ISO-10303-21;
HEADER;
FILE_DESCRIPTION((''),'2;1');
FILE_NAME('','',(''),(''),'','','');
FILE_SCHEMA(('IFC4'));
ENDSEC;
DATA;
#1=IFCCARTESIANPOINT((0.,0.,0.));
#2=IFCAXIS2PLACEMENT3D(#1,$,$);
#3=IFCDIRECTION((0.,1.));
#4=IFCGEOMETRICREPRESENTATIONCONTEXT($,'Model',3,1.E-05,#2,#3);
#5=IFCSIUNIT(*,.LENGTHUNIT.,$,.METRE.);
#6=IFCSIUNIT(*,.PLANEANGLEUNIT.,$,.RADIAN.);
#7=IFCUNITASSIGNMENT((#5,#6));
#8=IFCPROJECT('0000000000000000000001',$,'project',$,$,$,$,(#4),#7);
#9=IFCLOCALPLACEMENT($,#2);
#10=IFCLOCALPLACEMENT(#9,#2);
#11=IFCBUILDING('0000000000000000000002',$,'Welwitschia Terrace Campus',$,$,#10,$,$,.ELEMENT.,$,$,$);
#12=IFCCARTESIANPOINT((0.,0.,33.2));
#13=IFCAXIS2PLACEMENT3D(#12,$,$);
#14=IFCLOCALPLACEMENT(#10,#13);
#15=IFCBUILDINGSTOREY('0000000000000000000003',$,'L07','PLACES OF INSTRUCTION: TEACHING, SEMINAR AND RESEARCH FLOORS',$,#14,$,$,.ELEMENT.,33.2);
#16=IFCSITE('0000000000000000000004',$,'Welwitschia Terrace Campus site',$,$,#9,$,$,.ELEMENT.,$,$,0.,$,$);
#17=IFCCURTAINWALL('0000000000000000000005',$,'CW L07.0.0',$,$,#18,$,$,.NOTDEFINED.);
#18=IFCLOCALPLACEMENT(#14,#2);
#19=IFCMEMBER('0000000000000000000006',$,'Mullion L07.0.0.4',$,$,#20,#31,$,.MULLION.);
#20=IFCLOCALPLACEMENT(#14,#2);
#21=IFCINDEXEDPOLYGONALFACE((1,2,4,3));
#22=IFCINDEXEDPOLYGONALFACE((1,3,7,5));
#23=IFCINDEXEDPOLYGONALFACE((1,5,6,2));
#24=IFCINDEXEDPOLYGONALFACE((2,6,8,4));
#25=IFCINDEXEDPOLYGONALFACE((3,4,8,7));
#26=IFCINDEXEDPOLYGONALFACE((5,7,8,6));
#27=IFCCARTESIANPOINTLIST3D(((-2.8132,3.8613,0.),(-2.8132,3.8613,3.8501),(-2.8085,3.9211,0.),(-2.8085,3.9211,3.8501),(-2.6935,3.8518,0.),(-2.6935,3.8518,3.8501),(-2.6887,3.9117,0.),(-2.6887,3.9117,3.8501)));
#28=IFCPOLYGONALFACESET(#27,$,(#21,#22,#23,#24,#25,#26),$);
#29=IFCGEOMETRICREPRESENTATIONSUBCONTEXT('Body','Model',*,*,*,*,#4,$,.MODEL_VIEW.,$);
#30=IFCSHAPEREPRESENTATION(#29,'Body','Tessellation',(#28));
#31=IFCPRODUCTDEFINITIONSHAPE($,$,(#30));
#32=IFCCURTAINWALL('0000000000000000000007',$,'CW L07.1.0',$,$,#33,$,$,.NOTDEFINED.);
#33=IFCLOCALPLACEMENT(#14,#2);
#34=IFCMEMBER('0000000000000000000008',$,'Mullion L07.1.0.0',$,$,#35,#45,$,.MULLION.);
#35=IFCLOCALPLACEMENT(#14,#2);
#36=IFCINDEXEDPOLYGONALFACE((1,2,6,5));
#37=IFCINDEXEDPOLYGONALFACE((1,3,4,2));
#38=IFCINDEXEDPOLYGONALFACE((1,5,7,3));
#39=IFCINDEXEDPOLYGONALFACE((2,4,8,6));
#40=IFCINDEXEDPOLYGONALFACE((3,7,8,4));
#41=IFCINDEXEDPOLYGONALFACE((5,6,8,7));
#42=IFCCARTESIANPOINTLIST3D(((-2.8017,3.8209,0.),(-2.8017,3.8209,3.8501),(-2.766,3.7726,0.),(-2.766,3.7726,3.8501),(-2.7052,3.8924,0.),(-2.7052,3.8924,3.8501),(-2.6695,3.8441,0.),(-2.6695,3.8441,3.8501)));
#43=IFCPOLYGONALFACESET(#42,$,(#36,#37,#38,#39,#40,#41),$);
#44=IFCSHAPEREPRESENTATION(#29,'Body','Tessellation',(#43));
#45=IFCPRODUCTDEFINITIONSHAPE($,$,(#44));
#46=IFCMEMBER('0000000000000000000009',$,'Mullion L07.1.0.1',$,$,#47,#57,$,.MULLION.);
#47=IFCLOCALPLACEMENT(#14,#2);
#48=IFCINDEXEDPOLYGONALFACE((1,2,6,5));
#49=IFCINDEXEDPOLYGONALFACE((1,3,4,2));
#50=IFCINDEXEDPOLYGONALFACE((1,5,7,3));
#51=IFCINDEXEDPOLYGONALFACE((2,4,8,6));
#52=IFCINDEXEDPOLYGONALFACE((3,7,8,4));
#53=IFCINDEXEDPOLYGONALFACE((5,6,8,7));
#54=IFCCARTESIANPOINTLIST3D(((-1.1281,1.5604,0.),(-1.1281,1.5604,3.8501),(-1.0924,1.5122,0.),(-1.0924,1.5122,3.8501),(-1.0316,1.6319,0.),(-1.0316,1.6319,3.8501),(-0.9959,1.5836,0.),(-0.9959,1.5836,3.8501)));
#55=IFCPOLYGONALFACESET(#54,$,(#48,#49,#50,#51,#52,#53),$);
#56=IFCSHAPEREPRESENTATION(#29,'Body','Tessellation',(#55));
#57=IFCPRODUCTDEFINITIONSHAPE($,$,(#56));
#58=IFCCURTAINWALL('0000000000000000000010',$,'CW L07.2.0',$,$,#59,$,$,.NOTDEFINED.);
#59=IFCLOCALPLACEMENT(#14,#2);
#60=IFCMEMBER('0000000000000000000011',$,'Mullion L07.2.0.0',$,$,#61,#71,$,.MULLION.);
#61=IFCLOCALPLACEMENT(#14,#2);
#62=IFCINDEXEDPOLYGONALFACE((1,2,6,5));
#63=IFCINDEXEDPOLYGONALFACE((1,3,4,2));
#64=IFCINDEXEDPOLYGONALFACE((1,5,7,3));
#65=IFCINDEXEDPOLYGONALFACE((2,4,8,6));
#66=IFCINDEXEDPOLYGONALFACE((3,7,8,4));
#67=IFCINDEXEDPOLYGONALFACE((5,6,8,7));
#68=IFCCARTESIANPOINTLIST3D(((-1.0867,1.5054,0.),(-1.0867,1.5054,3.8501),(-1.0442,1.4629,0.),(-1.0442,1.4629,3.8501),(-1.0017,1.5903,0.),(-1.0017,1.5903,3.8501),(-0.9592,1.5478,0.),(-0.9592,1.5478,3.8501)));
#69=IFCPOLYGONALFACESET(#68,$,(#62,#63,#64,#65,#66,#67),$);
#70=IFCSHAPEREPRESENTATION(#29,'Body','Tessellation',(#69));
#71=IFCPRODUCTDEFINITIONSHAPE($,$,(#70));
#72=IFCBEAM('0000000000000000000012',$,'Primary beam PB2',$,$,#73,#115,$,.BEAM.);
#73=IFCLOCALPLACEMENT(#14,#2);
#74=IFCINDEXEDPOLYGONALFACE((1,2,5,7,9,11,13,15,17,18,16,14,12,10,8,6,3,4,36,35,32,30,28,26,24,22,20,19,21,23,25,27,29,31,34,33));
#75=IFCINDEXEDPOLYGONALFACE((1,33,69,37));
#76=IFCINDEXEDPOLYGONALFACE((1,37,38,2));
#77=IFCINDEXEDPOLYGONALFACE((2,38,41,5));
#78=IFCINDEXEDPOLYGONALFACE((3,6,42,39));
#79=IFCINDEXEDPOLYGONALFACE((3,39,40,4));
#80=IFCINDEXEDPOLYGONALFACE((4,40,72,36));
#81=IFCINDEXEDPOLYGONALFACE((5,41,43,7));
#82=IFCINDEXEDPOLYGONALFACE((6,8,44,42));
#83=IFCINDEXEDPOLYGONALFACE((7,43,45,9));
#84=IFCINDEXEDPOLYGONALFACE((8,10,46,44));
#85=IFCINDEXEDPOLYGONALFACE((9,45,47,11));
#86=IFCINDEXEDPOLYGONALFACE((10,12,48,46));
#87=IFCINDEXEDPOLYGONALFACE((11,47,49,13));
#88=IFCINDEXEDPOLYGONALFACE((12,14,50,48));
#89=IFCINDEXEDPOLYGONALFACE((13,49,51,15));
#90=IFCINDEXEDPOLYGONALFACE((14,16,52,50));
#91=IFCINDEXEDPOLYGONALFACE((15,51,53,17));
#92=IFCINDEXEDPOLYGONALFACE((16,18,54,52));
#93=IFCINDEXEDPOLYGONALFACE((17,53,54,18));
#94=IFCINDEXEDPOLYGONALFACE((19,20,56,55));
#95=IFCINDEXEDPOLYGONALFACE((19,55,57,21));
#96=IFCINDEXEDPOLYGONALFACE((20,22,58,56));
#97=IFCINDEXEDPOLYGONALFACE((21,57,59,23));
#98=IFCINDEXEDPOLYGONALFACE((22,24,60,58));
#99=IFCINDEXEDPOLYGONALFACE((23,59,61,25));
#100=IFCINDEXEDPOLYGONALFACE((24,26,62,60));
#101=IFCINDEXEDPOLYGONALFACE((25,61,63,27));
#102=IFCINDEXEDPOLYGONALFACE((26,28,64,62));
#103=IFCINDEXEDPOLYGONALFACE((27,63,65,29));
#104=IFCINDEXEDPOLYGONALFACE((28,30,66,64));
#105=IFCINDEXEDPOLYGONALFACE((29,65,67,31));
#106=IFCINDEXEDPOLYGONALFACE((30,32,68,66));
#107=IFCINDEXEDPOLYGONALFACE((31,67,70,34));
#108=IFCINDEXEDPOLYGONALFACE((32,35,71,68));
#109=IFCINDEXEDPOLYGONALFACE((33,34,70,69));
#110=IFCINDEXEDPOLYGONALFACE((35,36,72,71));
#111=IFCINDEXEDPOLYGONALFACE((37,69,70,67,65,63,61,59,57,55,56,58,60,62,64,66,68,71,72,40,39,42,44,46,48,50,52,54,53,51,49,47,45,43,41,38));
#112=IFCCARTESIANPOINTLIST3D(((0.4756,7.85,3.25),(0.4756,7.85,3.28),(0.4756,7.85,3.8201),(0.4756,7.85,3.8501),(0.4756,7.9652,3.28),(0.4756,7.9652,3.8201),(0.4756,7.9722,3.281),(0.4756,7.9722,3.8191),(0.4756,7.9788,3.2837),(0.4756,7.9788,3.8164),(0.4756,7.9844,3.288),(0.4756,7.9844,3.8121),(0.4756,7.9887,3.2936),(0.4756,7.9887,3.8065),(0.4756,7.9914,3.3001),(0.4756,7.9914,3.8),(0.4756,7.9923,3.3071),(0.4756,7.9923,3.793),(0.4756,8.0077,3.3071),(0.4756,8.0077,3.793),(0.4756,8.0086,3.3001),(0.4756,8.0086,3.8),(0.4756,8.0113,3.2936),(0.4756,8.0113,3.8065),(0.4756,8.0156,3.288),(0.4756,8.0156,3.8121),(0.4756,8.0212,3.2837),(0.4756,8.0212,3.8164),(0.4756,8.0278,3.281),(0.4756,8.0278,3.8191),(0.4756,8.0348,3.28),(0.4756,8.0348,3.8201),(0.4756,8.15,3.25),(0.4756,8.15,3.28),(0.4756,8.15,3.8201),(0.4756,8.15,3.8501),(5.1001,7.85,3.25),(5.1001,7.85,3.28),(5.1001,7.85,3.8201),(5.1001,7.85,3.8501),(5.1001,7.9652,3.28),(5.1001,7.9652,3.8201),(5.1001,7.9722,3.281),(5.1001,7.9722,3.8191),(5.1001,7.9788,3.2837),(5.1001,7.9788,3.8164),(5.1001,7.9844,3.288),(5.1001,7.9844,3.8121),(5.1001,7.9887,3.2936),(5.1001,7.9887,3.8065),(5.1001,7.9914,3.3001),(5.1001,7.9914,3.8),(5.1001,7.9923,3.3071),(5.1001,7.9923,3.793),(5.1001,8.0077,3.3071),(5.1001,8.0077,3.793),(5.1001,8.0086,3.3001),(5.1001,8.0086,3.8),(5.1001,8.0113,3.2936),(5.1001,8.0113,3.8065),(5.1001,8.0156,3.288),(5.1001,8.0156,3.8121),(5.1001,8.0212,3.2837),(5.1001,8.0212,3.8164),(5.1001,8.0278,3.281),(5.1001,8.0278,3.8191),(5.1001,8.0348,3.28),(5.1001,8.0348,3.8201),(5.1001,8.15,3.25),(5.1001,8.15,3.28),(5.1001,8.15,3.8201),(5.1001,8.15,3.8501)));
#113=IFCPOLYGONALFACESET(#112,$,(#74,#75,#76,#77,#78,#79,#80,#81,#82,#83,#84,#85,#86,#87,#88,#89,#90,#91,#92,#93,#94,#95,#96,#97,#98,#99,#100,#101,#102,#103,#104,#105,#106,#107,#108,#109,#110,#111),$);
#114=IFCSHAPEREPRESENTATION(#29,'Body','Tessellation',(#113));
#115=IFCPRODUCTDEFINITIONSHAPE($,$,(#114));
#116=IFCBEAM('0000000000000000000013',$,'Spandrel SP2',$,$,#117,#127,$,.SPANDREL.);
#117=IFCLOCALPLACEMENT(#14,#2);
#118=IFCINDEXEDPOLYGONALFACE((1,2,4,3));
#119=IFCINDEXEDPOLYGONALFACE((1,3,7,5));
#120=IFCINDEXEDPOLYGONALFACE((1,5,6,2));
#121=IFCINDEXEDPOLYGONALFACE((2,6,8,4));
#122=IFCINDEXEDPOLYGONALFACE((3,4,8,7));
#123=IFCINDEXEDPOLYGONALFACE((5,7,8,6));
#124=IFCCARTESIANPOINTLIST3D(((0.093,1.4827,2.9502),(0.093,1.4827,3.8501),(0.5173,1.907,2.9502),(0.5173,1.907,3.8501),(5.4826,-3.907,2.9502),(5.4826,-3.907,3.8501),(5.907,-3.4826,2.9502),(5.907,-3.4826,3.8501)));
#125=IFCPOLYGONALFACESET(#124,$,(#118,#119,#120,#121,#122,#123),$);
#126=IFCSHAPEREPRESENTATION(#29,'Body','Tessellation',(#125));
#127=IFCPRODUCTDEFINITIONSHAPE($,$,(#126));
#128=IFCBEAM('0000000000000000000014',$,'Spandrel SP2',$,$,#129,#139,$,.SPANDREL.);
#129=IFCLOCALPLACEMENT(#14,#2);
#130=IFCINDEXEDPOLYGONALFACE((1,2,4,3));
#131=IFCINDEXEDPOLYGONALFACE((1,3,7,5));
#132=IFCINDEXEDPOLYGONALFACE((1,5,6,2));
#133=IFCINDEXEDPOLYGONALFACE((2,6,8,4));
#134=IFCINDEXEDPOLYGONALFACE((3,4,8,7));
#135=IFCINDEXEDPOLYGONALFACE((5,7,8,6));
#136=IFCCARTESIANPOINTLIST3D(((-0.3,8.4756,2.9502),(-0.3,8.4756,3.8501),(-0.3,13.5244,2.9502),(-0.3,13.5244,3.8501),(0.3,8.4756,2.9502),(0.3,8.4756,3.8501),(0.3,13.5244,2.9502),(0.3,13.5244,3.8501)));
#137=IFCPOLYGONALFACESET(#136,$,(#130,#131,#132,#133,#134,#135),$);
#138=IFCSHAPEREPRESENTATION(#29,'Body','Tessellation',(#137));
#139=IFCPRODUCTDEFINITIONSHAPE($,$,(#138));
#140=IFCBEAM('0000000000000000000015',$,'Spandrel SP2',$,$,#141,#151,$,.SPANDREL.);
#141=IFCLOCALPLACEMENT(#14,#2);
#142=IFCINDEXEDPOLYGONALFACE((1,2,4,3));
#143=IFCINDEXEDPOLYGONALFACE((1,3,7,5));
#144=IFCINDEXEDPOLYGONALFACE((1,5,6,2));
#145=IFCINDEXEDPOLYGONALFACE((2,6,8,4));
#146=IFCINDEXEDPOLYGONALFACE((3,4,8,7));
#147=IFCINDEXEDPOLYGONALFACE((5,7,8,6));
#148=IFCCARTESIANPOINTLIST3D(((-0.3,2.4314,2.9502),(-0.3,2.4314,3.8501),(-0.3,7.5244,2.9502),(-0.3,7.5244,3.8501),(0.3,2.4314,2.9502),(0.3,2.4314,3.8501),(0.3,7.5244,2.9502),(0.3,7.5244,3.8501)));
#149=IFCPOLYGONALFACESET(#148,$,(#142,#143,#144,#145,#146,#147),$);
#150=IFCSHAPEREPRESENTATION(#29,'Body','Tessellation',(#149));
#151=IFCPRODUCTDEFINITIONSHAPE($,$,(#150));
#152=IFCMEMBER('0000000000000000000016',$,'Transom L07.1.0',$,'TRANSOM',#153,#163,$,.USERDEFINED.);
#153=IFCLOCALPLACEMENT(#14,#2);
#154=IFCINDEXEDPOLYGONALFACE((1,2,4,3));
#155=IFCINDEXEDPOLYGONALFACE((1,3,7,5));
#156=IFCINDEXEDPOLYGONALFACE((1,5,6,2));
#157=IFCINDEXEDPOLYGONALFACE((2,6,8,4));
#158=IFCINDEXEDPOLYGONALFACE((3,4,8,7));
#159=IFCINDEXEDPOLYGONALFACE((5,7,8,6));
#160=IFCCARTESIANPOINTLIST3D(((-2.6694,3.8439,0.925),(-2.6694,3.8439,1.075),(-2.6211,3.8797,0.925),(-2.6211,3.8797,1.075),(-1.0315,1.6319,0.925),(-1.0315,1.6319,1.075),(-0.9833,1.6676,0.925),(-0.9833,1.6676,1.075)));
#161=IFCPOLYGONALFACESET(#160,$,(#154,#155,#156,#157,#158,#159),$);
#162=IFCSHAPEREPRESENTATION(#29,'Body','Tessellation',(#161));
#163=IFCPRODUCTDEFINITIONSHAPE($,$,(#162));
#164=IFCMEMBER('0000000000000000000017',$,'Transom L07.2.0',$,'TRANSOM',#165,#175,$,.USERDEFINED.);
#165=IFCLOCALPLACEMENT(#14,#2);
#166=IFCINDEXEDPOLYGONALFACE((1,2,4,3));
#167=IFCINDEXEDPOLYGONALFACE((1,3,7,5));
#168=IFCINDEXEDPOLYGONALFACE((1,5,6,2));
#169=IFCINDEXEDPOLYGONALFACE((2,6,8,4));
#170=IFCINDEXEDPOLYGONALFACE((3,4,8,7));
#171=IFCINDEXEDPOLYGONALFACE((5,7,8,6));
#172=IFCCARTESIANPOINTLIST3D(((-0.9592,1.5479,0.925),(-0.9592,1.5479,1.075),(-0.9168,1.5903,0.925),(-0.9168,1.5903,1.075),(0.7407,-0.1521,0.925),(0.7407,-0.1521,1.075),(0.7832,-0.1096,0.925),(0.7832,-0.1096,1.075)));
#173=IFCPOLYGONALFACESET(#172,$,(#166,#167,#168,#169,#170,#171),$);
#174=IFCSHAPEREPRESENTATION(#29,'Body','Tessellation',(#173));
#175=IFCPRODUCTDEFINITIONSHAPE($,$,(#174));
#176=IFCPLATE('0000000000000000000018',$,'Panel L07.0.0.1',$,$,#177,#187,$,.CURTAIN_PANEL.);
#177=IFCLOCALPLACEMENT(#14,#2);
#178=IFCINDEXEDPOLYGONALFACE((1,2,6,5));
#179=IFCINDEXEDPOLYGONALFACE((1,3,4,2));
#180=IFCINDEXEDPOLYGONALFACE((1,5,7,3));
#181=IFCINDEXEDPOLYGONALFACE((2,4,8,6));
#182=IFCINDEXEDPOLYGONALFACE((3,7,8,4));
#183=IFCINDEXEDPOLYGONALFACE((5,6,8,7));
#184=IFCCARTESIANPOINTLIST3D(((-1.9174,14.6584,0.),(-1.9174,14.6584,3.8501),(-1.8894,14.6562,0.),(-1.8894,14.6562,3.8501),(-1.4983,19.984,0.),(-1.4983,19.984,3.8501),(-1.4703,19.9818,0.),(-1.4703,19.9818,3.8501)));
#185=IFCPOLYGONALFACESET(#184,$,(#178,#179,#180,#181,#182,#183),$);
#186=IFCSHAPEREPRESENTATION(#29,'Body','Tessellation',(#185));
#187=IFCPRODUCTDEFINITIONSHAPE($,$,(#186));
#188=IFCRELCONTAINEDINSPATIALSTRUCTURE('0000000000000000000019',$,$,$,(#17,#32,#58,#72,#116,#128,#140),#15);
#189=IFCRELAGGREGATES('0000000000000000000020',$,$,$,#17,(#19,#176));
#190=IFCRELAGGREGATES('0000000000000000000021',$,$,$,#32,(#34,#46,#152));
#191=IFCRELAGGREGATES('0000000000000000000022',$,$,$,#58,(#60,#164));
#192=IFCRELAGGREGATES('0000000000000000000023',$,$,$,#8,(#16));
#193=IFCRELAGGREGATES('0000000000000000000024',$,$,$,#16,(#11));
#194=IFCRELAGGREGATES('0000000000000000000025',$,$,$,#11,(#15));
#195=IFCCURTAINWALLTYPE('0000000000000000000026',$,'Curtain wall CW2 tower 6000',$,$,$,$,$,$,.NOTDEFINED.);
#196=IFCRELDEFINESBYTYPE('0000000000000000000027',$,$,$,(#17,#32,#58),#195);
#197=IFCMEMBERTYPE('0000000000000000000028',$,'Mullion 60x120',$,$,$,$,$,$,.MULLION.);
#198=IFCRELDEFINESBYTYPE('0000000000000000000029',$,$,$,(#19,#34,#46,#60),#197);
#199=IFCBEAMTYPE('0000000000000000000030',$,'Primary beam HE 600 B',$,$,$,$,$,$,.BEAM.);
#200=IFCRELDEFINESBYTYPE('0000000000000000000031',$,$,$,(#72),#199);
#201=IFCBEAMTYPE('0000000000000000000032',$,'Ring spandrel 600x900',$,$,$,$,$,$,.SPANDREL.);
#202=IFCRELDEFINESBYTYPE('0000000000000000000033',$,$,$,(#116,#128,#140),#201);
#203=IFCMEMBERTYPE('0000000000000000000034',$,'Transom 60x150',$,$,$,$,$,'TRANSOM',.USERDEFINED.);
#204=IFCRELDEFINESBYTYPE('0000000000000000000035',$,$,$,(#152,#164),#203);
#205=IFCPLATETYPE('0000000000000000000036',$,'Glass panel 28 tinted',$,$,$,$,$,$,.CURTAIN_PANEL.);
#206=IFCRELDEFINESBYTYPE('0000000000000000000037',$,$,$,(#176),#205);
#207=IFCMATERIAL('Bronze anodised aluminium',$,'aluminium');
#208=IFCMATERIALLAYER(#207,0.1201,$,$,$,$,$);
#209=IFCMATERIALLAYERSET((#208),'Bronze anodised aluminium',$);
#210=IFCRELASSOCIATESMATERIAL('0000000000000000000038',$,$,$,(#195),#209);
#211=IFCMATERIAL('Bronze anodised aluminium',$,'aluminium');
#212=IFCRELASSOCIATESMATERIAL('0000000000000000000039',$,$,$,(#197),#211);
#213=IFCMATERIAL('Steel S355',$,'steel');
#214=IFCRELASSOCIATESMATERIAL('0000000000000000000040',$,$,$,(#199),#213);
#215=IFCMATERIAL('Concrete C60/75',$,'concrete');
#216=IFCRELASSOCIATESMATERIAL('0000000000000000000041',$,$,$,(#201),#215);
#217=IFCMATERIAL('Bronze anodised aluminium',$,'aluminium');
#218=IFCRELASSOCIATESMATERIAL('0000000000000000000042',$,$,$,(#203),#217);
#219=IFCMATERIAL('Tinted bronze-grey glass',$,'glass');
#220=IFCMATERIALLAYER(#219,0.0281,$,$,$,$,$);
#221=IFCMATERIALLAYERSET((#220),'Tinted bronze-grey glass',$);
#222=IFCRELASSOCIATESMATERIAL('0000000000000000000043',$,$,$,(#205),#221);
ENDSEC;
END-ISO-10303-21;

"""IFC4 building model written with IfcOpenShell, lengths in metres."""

from ifc_helpers import new_model, si_unit, direction, frame, origin, origin_2d, place, context, subcontext, project, spatial, rectangle, i_section, extrude, material, layer, layer_set, material_profile, profile_set, type_object, element, aggregate, save


model = new_model("IFC4")

# Units and contexts
model_context = context("Model", 3, precision=1e-05, world=origin(), true_north=direction((0.0, 1.0)))
body_context = subcontext(model_context, "Body", "Model", "MODEL_VIEW")
ifc_project = project(units=[si_unit("LENGTHUNIT", "METRE"), si_unit("PLANEANGLEUNIT", "RADIAN")], contexts=[model_context])

# Site, building, storey
site_placement = place(None, origin())
site = spatial("IfcSite", under=ifc_project, at=site_placement, Name="Welwitschia Terrace Campus site", CompositionType="ELEMENT", RefElevation=0.0)
building_placement = place(site_placement, origin())
building = spatial("IfcBuilding", under=site, at=building_placement, Name="Welwitschia Terrace Campus", CompositionType="ELEMENT")
storey_placement = place(building_placement, frame((0.0, 0.0, 33.2)))
storey = spatial("IfcBuildingStorey", under=building, at=storey_placement, Name="L07", Description="PLACES OF INSTRUCTION: TEACHING, SEMINAR AND RESEARCH FLOORS", CompositionType="ELEMENT", Elevation=33.2)

# Curtain walls, members
ifc_material_1 = material(Name="Bronze anodised aluminium", Category="aluminium")
ifc_layer_1 = layer(ifc_material_1, 0.1201)
ifc_layer_set_1 = layer_set([ifc_layer_1], Name="Bronze anodised aluminium")
curtain_wall_type = type_object("IfcCurtainWallType", Name="Curtain wall CW2 tower 6000", PredefinedType="NOTDEFINED", material=ifc_layer_set_1)
curtain_wall_1_placement = place(storey_placement, origin())
curtain_wall_1 = element("IfcCurtainWall", 1, at=curtain_wall_1_placement, inside=storey, type_object=curtain_wall_type, Name="CW L07.0.0", PredefinedType="NOTDEFINED")
ifc_material_2 = material(Name="Bronze anodised aluminium", Category="aluminium")
ifc_material_profile_1 = material_profile(ifc_material_2, rectangle(XDim=0.1201, YDim=0.0601, at=origin_2d()))
ifc_profile_set_1 = profile_set([ifc_material_profile_1], Name="Bronze anodised aluminium")
member_type_1 = type_object("IfcMemberType", Name="Mullion 60x120", PredefinedType="MULLION", material=ifc_profile_set_1)
member_1_placement = place(storey_placement, frame((-2.751, 3.8865, 0.0), z_axis=(0.0, 0.0, 1.0), x_axis=(0.996917, -0.078459, 0.0)))
member_1 = element("IfcMember", 2, at=member_1_placement, type_object=member_type_1, Name="Mullion L07.0.0.4", PredefinedType="MULLION", context=body_context, shape_type="SweptSolid", body=[
    extrude(rectangle(XDim=0.1201, YDim=0.0601, at=origin_2d()), origin(), (0.0, 0.0, 1.0), 3.8501),
])
curtain_wall_2_placement = place(storey_placement, origin())
curtain_wall_2 = element("IfcCurtainWall", 3, at=curtain_wall_2_placement, inside=storey, type_object=curtain_wall_type, Name="CW L07.1.0", PredefinedType="NOTDEFINED")
member_2_placement = place(storey_placement, frame((-2.7356, 3.8325, 0.0), z_axis=(0.0, 0.0, 1.0), x_axis=(0.80371, 0.595021, 0.0)))
member_2 = element("IfcMember", 4, at=member_2_placement, type_object=member_type_1, Name="Mullion L07.1.0.0", PredefinedType="MULLION", context=body_context, shape_type="SweptSolid", body=[
    extrude(rectangle(XDim=0.1201, YDim=0.0601, at=origin_2d()), origin(), (0.0, 0.0, 1.0), 3.8501),
])
member_3_placement = place(storey_placement, frame((-1.062, 1.572, 0.0), z_axis=(0.0, 0.0, 1.0), x_axis=(0.80371, 0.595021, 0.0)))
member_3 = element("IfcMember", 5, at=member_3_placement, type_object=member_type_1, Name="Mullion L07.1.0.1", PredefinedType="MULLION", context=body_context, shape_type="SweptSolid", body=[
    extrude(rectangle(XDim=0.1201, YDim=0.0601, at=origin_2d()), origin(), (0.0, 0.0, 1.0), 3.8501),
])

# Curtain wall, member
curtain_wall_3_placement = place(storey_placement, origin())
curtain_wall_3 = element("IfcCurtainWall", 6, at=curtain_wall_3_placement, inside=storey, type_object=curtain_wall_type, Name="CW L07.2.0", PredefinedType="NOTDEFINED")
member_4_placement = place(storey_placement, frame((-1.0229, 1.5266, 0.0), z_axis=(0.0, 0.0, 1.0), x_axis=(0.707107, 0.707107, 0.0)))
member_4 = element("IfcMember", 7, at=member_4_placement, type_object=member_type_1, Name="Mullion L07.2.0.0", PredefinedType="MULLION", context=body_context, shape_type="SweptSolid", body=[
    extrude(rectangle(XDim=0.1201, YDim=0.0601, at=origin_2d()), origin(), (0.0, 0.0, 1.0), 3.8501),
])

# Beams
ifc_material_3 = material(Name="Steel S355", Category="steel")
ifc_material_profile_2 = material_profile(ifc_material_3, i_section(OverallWidth=0.3, OverallDepth=0.6001, WebThickness=0.0154, FlangeThickness=0.03, FilletRadius=0.0271, at=origin_2d()))
ifc_profile_set_2 = profile_set([ifc_material_profile_2], Name="Steel S355")
beam_type_1 = type_object("IfcBeamType", Name="Primary beam HE 600 B", PredefinedType="BEAM", material=ifc_profile_set_2)
beam_1_placement = place(storey_placement, frame((0.4756, 8.0, 3.55), z_axis=(1.0, 0.0, 0.0), x_axis=(0.0, 1.0, 0.0)))
element("IfcBeam", 8, at=beam_1_placement, inside=storey, type_object=beam_type_1, Name="Primary beam PB2", PredefinedType="BEAM", context=body_context, shape_type="SweptSolid", body=[
    extrude(i_section(OverallWidth=0.3, OverallDepth=0.6001, WebThickness=0.0154, FlangeThickness=0.03, FilletRadius=0.0271, at=origin_2d()), origin(), (0.0, 0.0, 1.0), 4.6245),
])
ifc_material_4 = material(Name="Concrete C60/75", Category="concrete")
ifc_material_profile_3 = material_profile(ifc_material_4, rectangle(XDim=0.6001, YDim=0.8999, at=origin_2d()))
ifc_profile_set_3 = profile_set([ifc_material_profile_3], Name="Concrete C60/75")
beam_type_2 = type_object("IfcBeamType", Name="Ring spandrel 600x900", PredefinedType="SPANDREL", material=ifc_profile_set_3)
beam_2_placement = place(storey_placement, frame((0.3052, 1.6948, 3.4001), z_axis=(0.707107, -0.707107, 0.0), x_axis=(0.707107, 0.707107, 0.0)))
element("IfcBeam", 9, at=beam_2_placement, inside=storey, type_object=beam_type_2, Name="Spandrel SP2", PredefinedType="SPANDREL", context=body_context, shape_type="SweptSolid", body=[
    extrude(rectangle(XDim=0.6001, YDim=0.8999, at=origin_2d()), origin(), (0.0, 0.0, 1.0), 7.6221),
])
beam_3_placement = place(storey_placement, frame((0.0, 13.5244, 3.4001), z_axis=(0.0, -1.0, 0.0), x_axis=(1.0, 0.0, 0.0)))
element("IfcBeam", 10, at=beam_3_placement, inside=storey, type_object=beam_type_2, Name="Spandrel SP2", PredefinedType="SPANDREL", context=body_context, shape_type="SweptSolid", body=[
    extrude(rectangle(XDim=0.6001, YDim=0.8999, at=origin_2d()), origin(), (0.0, 0.0, 1.0), 5.0488),
])
beam_4_placement = place(storey_placement, frame((0.0, 7.5244, 3.4001), z_axis=(0.0, -1.0, 0.0), x_axis=(1.0, 0.0, 0.0)))
element("IfcBeam", 11, at=beam_4_placement, inside=storey, type_object=beam_type_2, Name="Spandrel SP2", PredefinedType="SPANDREL", context=body_context, shape_type="SweptSolid", body=[
    extrude(rectangle(XDim=0.6001, YDim=0.8999, at=origin_2d()), origin(), (0.0, 0.0, 1.0), 5.093),
])

# Members
ifc_material_5 = material(Name="Bronze anodised aluminium", Category="aluminium")
ifc_material_profile_4 = material_profile(ifc_material_5, rectangle(XDim=0.0601, YDim=0.1499, at=origin_2d()))
ifc_profile_set_4 = profile_set([ifc_material_profile_4], Name="Bronze anodised aluminium")
member_type_2 = type_object("IfcMemberType", Name="Transom 60x150", ElementType="TRANSOM", PredefinedType="USERDEFINED", material=ifc_profile_set_4)
member_5_placement = place(storey_placement, frame((-2.6453, 3.8618, 1.0), z_axis=(0.595064, -0.803678, 0.0), x_axis=(0.803678, 0.595064, 0.0)))
member_5 = element("IfcMember", 12, at=member_5_placement, type_object=member_type_2, Name="Transom L07.1.0", ObjectType="TRANSOM", PredefinedType="USERDEFINED", context=body_context, shape_type="SweptSolid", body=[
    extrude(rectangle(XDim=0.0601, YDim=0.1499, at=origin_2d()), origin(), (0.0, 0.0, 1.0), 2.7524),
])
member_6_placement = place(storey_placement, frame((-0.938, 1.5691, 1.0), z_axis=(0.707107, -0.707107, 0.0), x_axis=(0.707107, 0.707107, 0.0)))
member_6 = element("IfcMember", 13, at=member_6_placement, type_object=member_type_2, Name="Transom L07.2.0", ObjectType="TRANSOM", PredefinedType="USERDEFINED", context=body_context, shape_type="SweptSolid", body=[
    extrude(rectangle(XDim=0.0601, YDim=0.1499, at=origin_2d()), origin(), (0.0, 0.0, 1.0), 2.4041),
])

# Plate
ifc_material_6 = material(Name="Tinted bronze-grey glass", Category="glass")
ifc_layer_2 = layer(ifc_material_6, 0.0281)
ifc_layer_set_2 = layer_set([ifc_layer_2], Name="Tinted bronze-grey glass")
plate_type = type_object("IfcPlateType", Name="Glass panel 28 tinted", PredefinedType="CURTAIN_PANEL", material=ifc_layer_set_2)
plate_1_placement = place(storey_placement, frame((-1.6938, 17.3201, 0.0), z_axis=(0.0, 0.0, 1.0), x_axis=(-0.078459, -0.996917, 0.0)))
plate_1 = element("IfcPlate", 14, at=plate_1_placement, type_object=plate_type, Name="Panel L07.0.0.1", PredefinedType="CURTAIN_PANEL", context=body_context, shape_type="SweptSolid", body=[
    extrude(rectangle(XDim=5.342, YDim=0.0281, at=origin_2d()), origin(), (0.0, 0.0, 1.0), 3.8501),
])
aggregate(curtain_wall_1, [member_1, plate_1])
aggregate(curtain_wall_2, [member_2, member_3, member_5])
aggregate(curtain_wall_3, [member_4, member_6])

save(model, "model.ifc")
